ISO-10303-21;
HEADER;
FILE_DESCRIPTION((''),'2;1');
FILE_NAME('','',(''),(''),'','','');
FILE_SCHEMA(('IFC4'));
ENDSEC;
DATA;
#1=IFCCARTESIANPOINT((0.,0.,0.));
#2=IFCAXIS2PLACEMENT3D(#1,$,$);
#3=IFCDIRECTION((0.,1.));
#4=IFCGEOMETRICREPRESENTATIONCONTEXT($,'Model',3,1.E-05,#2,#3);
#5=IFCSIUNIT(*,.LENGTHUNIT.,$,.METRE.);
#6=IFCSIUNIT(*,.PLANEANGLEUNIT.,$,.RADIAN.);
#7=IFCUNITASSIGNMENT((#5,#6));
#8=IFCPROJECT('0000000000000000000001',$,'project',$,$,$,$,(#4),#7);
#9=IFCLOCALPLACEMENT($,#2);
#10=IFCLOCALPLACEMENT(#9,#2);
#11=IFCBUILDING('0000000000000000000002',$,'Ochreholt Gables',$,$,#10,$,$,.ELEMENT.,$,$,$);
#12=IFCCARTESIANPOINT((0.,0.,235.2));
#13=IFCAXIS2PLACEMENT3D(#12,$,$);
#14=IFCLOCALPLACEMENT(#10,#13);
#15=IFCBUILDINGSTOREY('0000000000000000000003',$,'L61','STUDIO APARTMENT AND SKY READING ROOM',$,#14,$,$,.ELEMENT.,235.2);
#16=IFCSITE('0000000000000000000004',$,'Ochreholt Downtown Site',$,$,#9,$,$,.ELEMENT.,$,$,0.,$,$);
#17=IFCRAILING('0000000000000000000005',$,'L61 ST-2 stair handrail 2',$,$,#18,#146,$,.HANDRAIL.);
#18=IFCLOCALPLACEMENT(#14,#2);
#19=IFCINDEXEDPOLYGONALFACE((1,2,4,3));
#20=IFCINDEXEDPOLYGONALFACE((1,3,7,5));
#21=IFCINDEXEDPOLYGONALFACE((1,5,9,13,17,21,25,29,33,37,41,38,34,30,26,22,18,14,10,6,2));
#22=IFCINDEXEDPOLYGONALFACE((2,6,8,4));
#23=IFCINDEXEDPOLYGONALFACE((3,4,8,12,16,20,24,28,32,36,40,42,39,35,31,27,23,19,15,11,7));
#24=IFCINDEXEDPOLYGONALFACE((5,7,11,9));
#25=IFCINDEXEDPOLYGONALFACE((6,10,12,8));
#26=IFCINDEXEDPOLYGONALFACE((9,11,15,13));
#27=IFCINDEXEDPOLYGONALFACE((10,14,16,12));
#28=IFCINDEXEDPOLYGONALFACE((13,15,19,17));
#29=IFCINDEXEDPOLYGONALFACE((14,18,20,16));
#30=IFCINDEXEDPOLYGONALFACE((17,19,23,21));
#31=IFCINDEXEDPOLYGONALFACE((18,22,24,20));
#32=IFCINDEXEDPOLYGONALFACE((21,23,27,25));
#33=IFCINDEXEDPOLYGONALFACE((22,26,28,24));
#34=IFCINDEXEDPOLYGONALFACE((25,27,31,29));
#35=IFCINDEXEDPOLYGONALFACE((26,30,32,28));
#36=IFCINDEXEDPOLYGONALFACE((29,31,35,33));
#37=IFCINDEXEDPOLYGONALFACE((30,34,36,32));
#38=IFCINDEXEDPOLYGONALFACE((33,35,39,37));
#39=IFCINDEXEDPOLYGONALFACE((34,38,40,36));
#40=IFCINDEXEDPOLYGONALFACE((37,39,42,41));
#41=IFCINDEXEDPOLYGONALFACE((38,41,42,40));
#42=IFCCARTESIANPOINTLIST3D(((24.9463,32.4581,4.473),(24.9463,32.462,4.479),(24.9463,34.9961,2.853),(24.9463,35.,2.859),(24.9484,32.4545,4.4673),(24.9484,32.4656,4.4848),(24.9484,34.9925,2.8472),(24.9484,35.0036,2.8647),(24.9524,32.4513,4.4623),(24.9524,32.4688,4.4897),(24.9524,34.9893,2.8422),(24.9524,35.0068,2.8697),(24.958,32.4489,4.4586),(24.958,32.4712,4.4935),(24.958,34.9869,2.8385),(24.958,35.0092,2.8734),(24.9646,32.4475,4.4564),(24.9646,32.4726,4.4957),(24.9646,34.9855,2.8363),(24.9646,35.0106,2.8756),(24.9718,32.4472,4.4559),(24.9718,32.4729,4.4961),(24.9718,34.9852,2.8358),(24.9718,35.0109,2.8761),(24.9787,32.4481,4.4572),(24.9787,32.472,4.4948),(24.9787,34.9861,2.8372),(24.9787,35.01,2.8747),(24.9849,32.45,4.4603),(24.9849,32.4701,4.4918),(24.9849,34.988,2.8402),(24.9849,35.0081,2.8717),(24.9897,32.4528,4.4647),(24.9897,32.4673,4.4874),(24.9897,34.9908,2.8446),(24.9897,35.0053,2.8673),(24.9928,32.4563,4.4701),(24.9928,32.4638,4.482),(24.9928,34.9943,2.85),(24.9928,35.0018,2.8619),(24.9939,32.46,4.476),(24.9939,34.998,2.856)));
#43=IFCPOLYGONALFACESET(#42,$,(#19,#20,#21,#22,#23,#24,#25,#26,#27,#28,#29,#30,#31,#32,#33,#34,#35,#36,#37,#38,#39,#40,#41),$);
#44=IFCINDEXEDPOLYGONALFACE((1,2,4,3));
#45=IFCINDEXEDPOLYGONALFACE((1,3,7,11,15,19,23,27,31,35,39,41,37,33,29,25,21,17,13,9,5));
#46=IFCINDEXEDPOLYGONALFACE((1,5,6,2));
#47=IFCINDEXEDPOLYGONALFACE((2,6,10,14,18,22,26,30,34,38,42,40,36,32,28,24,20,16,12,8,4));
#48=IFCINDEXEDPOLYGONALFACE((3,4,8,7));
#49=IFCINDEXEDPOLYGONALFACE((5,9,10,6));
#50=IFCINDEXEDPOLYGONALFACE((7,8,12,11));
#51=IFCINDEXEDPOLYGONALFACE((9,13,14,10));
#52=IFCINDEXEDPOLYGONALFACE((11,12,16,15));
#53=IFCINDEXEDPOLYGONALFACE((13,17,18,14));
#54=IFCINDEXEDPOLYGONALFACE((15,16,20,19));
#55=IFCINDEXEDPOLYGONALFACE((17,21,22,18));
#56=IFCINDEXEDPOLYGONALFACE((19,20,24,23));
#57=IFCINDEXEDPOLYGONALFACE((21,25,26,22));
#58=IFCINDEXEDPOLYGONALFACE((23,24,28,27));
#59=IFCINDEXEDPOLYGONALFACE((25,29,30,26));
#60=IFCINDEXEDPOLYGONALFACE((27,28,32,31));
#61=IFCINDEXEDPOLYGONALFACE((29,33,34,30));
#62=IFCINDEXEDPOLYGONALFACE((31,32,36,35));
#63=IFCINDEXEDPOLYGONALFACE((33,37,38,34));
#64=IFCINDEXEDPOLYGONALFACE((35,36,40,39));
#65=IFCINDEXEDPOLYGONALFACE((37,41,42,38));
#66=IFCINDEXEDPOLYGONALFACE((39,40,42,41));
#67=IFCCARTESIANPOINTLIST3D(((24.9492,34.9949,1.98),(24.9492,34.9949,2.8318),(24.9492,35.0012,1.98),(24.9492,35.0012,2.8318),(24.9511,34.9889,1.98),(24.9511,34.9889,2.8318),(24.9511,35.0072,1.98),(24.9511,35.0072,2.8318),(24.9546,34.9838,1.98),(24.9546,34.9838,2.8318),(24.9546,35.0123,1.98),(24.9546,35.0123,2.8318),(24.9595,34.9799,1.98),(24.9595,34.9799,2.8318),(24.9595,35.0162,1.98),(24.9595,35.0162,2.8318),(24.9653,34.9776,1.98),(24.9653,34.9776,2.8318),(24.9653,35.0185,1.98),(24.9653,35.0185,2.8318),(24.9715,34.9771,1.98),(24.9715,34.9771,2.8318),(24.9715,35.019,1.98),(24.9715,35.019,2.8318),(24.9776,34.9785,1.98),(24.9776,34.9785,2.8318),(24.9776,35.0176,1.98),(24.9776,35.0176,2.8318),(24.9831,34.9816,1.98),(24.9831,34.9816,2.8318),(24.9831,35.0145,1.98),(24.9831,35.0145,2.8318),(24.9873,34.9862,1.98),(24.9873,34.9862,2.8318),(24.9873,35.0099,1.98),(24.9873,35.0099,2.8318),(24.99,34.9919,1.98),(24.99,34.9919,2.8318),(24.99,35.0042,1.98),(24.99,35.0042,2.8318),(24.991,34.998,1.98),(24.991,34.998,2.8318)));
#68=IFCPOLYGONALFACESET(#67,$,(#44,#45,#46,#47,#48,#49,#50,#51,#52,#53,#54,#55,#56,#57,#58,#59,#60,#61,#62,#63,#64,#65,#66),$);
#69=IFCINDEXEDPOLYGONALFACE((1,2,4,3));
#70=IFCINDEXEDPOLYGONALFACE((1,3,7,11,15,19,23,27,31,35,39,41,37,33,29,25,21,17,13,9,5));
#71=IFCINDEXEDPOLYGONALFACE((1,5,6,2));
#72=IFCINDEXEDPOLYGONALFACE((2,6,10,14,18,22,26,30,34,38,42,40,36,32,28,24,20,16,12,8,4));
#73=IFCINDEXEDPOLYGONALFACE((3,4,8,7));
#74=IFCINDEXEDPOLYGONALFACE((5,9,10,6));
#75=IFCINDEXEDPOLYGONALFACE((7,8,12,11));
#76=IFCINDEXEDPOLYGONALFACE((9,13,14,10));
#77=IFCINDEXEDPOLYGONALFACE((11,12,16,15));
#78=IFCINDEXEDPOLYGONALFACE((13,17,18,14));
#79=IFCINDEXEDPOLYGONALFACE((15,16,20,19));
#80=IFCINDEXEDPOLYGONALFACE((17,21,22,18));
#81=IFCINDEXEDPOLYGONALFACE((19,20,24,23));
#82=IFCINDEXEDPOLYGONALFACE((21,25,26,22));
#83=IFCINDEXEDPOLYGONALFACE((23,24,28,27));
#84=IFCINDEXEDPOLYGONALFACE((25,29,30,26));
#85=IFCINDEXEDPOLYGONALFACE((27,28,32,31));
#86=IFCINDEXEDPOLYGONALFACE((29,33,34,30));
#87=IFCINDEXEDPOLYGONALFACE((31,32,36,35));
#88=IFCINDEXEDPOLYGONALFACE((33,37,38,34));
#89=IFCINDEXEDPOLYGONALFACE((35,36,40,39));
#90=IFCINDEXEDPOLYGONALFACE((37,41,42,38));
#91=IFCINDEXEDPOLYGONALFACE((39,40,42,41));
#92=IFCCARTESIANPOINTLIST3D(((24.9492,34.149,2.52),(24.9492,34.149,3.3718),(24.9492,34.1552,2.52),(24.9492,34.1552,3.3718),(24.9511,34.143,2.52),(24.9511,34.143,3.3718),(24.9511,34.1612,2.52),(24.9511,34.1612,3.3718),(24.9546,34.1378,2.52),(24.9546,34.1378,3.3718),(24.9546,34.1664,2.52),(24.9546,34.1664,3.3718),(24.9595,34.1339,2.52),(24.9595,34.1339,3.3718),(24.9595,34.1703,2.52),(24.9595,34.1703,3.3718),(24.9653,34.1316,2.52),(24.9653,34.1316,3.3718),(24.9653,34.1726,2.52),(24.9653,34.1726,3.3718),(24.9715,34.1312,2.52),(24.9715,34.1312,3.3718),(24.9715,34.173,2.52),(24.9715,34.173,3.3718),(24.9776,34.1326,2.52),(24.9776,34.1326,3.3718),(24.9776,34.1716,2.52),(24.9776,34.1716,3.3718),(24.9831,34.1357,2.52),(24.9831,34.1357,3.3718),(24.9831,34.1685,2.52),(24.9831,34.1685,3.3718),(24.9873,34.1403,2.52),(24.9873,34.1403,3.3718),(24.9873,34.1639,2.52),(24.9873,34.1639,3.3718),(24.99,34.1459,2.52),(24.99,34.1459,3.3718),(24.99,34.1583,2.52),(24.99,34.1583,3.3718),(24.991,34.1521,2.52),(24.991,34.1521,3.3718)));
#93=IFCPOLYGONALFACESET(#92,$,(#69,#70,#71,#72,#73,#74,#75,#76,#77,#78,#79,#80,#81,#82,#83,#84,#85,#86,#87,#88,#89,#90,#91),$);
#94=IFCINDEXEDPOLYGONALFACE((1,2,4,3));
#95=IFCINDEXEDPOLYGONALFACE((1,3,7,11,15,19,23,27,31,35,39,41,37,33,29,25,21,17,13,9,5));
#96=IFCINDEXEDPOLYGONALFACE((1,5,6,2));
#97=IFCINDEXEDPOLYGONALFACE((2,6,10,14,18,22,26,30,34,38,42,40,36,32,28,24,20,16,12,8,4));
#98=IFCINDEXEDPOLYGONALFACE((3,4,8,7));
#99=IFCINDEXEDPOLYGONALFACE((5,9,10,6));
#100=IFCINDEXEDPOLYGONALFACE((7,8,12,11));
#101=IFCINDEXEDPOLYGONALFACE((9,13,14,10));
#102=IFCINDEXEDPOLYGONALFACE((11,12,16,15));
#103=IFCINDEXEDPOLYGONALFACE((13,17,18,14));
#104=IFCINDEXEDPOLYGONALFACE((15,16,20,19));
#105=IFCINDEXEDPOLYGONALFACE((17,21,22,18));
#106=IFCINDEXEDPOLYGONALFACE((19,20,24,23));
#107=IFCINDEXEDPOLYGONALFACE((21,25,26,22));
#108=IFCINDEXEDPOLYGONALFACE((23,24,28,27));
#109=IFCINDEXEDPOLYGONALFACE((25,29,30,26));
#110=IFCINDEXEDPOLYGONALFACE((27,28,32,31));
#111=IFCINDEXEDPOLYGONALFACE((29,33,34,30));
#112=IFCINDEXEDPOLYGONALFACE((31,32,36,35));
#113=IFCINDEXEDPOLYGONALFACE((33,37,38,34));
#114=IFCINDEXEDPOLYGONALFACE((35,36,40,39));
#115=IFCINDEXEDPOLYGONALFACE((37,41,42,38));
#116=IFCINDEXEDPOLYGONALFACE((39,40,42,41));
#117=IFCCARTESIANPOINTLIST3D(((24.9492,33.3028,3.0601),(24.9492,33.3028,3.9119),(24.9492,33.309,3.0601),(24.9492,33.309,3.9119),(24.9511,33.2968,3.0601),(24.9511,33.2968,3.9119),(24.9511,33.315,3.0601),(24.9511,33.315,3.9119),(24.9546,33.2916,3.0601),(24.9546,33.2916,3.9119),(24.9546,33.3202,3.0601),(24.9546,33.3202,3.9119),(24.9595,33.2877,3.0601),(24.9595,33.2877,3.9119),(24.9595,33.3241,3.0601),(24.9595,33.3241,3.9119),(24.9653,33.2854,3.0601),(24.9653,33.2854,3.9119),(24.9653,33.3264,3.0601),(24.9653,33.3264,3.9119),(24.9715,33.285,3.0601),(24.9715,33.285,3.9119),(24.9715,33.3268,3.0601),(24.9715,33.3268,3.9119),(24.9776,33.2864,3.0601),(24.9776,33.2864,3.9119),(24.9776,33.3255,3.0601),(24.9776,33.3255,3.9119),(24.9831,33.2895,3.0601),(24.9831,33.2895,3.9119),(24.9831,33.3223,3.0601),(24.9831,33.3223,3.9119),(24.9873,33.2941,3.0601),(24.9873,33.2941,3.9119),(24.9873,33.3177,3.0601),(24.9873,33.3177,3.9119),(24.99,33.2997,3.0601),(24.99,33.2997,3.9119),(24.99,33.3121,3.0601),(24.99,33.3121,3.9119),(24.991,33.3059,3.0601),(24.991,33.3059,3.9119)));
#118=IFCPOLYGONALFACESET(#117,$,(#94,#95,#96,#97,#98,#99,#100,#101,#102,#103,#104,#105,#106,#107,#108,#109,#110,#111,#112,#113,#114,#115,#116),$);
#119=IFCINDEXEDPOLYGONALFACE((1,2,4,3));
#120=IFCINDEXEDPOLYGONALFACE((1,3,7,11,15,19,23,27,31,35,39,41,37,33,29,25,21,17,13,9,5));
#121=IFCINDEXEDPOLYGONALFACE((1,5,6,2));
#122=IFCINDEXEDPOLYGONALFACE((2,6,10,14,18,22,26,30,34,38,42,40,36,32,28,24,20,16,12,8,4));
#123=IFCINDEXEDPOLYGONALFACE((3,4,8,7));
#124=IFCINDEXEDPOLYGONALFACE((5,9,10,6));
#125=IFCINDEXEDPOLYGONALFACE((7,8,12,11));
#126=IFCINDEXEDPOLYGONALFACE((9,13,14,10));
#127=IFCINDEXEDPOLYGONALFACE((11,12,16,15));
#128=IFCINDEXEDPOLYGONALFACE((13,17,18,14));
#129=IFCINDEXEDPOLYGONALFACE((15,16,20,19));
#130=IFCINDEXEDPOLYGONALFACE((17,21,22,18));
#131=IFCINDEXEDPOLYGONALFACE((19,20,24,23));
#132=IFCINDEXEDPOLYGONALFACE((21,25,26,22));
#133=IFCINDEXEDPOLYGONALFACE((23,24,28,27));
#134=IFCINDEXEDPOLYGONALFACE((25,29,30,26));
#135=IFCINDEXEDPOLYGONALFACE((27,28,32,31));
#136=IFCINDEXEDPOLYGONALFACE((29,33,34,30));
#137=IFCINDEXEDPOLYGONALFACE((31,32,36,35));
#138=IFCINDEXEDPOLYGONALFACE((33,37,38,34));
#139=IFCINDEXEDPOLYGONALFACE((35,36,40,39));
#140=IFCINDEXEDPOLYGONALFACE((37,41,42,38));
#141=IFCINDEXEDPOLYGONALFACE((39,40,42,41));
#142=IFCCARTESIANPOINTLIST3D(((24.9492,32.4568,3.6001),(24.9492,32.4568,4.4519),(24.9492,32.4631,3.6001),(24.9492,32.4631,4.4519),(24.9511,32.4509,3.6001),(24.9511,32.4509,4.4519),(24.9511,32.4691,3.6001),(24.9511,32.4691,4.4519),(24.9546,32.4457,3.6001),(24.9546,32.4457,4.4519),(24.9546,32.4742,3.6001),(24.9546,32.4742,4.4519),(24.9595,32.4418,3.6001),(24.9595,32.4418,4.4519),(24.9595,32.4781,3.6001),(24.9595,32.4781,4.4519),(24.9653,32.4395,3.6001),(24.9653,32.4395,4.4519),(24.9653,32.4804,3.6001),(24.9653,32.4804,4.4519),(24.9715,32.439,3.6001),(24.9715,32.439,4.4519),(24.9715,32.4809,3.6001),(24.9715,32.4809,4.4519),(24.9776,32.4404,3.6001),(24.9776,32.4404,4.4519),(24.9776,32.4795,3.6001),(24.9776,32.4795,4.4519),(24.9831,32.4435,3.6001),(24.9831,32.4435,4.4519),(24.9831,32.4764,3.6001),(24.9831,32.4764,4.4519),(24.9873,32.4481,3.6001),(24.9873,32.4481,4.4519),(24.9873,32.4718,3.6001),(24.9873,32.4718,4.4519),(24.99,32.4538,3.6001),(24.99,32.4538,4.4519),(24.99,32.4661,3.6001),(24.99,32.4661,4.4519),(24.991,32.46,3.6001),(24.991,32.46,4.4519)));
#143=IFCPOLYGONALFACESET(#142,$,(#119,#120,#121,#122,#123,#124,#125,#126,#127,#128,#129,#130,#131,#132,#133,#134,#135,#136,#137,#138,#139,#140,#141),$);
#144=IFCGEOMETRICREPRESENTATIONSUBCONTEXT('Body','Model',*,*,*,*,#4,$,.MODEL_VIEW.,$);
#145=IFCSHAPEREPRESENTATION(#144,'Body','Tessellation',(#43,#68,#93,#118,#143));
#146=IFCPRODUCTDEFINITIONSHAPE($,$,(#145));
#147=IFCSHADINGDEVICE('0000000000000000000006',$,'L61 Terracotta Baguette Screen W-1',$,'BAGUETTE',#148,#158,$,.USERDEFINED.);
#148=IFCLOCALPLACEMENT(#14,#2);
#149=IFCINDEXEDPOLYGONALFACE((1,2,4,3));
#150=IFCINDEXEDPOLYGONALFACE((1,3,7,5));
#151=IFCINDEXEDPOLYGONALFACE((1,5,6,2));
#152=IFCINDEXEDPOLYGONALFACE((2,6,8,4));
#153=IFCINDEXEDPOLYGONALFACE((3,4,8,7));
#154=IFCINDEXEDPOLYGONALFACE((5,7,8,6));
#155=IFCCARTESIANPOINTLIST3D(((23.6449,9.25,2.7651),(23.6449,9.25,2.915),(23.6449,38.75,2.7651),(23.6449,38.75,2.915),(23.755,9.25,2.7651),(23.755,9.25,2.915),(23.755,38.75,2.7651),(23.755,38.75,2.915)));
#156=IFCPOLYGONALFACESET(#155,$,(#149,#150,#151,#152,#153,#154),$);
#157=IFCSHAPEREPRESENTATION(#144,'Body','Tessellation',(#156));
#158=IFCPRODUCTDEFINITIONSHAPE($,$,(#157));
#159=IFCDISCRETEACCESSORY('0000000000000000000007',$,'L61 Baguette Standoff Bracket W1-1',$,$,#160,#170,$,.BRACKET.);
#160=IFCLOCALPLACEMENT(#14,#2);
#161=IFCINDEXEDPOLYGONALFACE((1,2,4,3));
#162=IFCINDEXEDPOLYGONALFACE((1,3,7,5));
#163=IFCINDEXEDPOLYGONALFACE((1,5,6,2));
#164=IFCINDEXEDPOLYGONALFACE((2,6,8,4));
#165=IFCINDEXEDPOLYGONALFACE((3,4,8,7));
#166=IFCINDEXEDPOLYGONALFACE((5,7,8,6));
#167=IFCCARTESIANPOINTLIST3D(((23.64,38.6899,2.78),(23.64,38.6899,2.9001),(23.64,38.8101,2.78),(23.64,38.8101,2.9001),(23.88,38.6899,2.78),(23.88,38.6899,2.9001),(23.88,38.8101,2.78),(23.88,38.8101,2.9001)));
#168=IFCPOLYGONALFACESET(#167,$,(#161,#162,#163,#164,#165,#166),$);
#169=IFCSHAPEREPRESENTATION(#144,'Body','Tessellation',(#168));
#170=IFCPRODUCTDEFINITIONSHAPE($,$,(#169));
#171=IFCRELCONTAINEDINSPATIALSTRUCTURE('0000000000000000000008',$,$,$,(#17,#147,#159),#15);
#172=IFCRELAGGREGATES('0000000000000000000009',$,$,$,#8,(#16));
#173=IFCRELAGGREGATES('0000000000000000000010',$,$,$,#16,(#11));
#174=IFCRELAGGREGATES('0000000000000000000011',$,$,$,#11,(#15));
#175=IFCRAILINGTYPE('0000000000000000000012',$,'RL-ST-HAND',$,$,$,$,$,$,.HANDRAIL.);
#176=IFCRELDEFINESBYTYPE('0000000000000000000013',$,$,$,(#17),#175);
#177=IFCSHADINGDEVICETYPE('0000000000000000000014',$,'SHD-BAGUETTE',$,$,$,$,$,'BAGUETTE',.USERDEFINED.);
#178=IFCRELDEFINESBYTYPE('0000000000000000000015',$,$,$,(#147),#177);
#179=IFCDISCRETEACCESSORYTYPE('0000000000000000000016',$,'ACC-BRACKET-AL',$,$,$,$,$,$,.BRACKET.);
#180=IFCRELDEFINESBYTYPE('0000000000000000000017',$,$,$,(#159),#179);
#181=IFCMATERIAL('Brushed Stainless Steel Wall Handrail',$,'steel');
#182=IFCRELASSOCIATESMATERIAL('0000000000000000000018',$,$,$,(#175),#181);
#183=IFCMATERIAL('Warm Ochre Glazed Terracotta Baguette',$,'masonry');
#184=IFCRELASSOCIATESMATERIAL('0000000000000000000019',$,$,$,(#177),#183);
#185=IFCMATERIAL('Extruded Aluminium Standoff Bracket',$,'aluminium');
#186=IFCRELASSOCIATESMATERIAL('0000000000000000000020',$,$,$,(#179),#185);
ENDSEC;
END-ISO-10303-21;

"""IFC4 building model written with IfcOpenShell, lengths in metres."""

from ifc_helpers import new_model, si_unit, direction, frame, origin, origin_2d, place, context, subcontext, project, spatial, rectangle, circle, extrude, material, material_profile, profile_set, type_object, element, save


model = new_model("IFC4")

# Units and contexts
model_context = context("Model", 3, precision=1e-05, world=origin(), true_north=direction((0.0, 1.0)))
body_context = subcontext(model_context, "Body", "Model", "MODEL_VIEW")
ifc_project = project(units=[si_unit("LENGTHUNIT", "METRE"), si_unit("PLANEANGLEUNIT", "RADIAN")], contexts=[model_context])

# Site, building, storey
site_placement = place(None, origin())
site = spatial("IfcSite", under=ifc_project, at=site_placement, Name="Ochreholt Downtown Site", CompositionType="ELEMENT", RefElevation=0.0)
building_placement = place(site_placement, origin())
building = spatial("IfcBuilding", under=site, at=building_placement, Name="Ochreholt Gables", CompositionType="ELEMENT")
storey_placement = place(building_placement, frame((0.0, 0.0, 235.2)))
storey = spatial("IfcBuildingStorey", under=building, at=storey_placement, Name="L61", Description="STUDIO APARTMENT AND SKY READING ROOM", CompositionType="ELEMENT", Elevation=235.2)

# Railing
ifc_material_1 = material(Name="Brushed Stainless Steel Wall Handrail", Category="steel")
railing_type_1 = type_object("IfcRailingType", Name="RL-ST-HAND", PredefinedType="HANDRAIL", material=ifc_material_1)
railing_1_placement = place(storey_placement, frame((24.97, 34.998, 1.98)))
element("IfcRailing", 1, at=railing_1_placement, inside=storey, type_object=railing_type_1, Name="L61 ST-2 stair handrail 2", PredefinedType="HANDRAIL", context=body_context, shape_type="SweptSolid", body=[
    extrude(circle(Radius=0.0239, at=origin_2d()), frame((0.0, 0.0, 0.876), z_axis=(0.0, -0.842913, 0.53805), x_axis=(1.0, 0.0, 0.0)), (0.0, 0.0, 1.0), 3.011),
    extrude(circle(Radius=0.021, at=origin_2d()), origin(), (0.0, 0.0, 1.0), 0.8518),
    extrude(circle(Radius=0.021, at=origin_2d()), frame((0.0, -0.8459, 0.54)), (0.0, 0.0, 1.0), 0.8518),
    extrude(circle(Radius=0.021, at=origin_2d()), frame((0.0, -1.6921, 1.0801)), (0.0, 0.0, 1.0), 0.8518),
    extrude(circle(Radius=0.021, at=origin_2d()), frame((0.0, -2.5381, 1.6201)), (0.0, 0.0, 1.0), 0.8518),
])

# Shading device
ifc_material_2 = material(Name="Warm Ochre Glazed Terracotta Baguette", Category="masonry")
ifc_material_profile_1 = material_profile(ifc_material_2, rectangle(XDim=0.1101, YDim=0.1499, at=origin_2d()), Name="TCBAG110X150")
ifc_profile_set_1 = profile_set([ifc_material_profile_1], Name="Warm Ochre Glazed Terracotta Baguette")
shading_device_type = type_object("IfcShadingDeviceType", Name="SHD-BAGUETTE", ElementType="BAGUETTE", PredefinedType="USERDEFINED", material=ifc_profile_set_1)
shading_device_placement = place(storey_placement, frame((23.7, 38.75, 2.8401), z_axis=(0.0, -1.0, 0.0), x_axis=(1.0, 0.0, 0.0)))
element("IfcShadingDevice", 2, at=shading_device_placement, inside=storey, type_object=shading_device_type, Name="L61 Terracotta Baguette Screen W-1", ObjectType="BAGUETTE", PredefinedType="USERDEFINED", context=body_context, shape_type="SweptSolid", body=[
    extrude(rectangle(XDim=0.1101, YDim=0.1499, at=origin_2d()), origin(), (0.0, 0.0, 1.0), 29.5),
])

# Discrete accessory
ifc_material_3 = material(Name="Extruded Aluminium Standoff Bracket", Category="aluminium")
discrete_accessory_type = type_object("IfcDiscreteAccessoryType", Name="ACC-BRACKET-AL", PredefinedType="BRACKET", material=ifc_material_3)
discrete_accessory_placement = place(storey_placement, frame((23.76, 38.75, 2.78), z_axis=(0.0, 0.0, 1.0), x_axis=(0.0, -1.0, 0.0)))
element("IfcDiscreteAccessory", 3, at=discrete_accessory_placement, inside=storey, type_object=discrete_accessory_type, Name="L61 Baguette Standoff Bracket W1-1", PredefinedType="BRACKET", context=body_context, shape_type="SweptSolid", body=[
    extrude(rectangle(XDim=0.1201, YDim=0.24, at=origin_2d()), origin(), (0.0, 0.0, 1.0), 0.1201),
])

save(model, "model.ifc")
